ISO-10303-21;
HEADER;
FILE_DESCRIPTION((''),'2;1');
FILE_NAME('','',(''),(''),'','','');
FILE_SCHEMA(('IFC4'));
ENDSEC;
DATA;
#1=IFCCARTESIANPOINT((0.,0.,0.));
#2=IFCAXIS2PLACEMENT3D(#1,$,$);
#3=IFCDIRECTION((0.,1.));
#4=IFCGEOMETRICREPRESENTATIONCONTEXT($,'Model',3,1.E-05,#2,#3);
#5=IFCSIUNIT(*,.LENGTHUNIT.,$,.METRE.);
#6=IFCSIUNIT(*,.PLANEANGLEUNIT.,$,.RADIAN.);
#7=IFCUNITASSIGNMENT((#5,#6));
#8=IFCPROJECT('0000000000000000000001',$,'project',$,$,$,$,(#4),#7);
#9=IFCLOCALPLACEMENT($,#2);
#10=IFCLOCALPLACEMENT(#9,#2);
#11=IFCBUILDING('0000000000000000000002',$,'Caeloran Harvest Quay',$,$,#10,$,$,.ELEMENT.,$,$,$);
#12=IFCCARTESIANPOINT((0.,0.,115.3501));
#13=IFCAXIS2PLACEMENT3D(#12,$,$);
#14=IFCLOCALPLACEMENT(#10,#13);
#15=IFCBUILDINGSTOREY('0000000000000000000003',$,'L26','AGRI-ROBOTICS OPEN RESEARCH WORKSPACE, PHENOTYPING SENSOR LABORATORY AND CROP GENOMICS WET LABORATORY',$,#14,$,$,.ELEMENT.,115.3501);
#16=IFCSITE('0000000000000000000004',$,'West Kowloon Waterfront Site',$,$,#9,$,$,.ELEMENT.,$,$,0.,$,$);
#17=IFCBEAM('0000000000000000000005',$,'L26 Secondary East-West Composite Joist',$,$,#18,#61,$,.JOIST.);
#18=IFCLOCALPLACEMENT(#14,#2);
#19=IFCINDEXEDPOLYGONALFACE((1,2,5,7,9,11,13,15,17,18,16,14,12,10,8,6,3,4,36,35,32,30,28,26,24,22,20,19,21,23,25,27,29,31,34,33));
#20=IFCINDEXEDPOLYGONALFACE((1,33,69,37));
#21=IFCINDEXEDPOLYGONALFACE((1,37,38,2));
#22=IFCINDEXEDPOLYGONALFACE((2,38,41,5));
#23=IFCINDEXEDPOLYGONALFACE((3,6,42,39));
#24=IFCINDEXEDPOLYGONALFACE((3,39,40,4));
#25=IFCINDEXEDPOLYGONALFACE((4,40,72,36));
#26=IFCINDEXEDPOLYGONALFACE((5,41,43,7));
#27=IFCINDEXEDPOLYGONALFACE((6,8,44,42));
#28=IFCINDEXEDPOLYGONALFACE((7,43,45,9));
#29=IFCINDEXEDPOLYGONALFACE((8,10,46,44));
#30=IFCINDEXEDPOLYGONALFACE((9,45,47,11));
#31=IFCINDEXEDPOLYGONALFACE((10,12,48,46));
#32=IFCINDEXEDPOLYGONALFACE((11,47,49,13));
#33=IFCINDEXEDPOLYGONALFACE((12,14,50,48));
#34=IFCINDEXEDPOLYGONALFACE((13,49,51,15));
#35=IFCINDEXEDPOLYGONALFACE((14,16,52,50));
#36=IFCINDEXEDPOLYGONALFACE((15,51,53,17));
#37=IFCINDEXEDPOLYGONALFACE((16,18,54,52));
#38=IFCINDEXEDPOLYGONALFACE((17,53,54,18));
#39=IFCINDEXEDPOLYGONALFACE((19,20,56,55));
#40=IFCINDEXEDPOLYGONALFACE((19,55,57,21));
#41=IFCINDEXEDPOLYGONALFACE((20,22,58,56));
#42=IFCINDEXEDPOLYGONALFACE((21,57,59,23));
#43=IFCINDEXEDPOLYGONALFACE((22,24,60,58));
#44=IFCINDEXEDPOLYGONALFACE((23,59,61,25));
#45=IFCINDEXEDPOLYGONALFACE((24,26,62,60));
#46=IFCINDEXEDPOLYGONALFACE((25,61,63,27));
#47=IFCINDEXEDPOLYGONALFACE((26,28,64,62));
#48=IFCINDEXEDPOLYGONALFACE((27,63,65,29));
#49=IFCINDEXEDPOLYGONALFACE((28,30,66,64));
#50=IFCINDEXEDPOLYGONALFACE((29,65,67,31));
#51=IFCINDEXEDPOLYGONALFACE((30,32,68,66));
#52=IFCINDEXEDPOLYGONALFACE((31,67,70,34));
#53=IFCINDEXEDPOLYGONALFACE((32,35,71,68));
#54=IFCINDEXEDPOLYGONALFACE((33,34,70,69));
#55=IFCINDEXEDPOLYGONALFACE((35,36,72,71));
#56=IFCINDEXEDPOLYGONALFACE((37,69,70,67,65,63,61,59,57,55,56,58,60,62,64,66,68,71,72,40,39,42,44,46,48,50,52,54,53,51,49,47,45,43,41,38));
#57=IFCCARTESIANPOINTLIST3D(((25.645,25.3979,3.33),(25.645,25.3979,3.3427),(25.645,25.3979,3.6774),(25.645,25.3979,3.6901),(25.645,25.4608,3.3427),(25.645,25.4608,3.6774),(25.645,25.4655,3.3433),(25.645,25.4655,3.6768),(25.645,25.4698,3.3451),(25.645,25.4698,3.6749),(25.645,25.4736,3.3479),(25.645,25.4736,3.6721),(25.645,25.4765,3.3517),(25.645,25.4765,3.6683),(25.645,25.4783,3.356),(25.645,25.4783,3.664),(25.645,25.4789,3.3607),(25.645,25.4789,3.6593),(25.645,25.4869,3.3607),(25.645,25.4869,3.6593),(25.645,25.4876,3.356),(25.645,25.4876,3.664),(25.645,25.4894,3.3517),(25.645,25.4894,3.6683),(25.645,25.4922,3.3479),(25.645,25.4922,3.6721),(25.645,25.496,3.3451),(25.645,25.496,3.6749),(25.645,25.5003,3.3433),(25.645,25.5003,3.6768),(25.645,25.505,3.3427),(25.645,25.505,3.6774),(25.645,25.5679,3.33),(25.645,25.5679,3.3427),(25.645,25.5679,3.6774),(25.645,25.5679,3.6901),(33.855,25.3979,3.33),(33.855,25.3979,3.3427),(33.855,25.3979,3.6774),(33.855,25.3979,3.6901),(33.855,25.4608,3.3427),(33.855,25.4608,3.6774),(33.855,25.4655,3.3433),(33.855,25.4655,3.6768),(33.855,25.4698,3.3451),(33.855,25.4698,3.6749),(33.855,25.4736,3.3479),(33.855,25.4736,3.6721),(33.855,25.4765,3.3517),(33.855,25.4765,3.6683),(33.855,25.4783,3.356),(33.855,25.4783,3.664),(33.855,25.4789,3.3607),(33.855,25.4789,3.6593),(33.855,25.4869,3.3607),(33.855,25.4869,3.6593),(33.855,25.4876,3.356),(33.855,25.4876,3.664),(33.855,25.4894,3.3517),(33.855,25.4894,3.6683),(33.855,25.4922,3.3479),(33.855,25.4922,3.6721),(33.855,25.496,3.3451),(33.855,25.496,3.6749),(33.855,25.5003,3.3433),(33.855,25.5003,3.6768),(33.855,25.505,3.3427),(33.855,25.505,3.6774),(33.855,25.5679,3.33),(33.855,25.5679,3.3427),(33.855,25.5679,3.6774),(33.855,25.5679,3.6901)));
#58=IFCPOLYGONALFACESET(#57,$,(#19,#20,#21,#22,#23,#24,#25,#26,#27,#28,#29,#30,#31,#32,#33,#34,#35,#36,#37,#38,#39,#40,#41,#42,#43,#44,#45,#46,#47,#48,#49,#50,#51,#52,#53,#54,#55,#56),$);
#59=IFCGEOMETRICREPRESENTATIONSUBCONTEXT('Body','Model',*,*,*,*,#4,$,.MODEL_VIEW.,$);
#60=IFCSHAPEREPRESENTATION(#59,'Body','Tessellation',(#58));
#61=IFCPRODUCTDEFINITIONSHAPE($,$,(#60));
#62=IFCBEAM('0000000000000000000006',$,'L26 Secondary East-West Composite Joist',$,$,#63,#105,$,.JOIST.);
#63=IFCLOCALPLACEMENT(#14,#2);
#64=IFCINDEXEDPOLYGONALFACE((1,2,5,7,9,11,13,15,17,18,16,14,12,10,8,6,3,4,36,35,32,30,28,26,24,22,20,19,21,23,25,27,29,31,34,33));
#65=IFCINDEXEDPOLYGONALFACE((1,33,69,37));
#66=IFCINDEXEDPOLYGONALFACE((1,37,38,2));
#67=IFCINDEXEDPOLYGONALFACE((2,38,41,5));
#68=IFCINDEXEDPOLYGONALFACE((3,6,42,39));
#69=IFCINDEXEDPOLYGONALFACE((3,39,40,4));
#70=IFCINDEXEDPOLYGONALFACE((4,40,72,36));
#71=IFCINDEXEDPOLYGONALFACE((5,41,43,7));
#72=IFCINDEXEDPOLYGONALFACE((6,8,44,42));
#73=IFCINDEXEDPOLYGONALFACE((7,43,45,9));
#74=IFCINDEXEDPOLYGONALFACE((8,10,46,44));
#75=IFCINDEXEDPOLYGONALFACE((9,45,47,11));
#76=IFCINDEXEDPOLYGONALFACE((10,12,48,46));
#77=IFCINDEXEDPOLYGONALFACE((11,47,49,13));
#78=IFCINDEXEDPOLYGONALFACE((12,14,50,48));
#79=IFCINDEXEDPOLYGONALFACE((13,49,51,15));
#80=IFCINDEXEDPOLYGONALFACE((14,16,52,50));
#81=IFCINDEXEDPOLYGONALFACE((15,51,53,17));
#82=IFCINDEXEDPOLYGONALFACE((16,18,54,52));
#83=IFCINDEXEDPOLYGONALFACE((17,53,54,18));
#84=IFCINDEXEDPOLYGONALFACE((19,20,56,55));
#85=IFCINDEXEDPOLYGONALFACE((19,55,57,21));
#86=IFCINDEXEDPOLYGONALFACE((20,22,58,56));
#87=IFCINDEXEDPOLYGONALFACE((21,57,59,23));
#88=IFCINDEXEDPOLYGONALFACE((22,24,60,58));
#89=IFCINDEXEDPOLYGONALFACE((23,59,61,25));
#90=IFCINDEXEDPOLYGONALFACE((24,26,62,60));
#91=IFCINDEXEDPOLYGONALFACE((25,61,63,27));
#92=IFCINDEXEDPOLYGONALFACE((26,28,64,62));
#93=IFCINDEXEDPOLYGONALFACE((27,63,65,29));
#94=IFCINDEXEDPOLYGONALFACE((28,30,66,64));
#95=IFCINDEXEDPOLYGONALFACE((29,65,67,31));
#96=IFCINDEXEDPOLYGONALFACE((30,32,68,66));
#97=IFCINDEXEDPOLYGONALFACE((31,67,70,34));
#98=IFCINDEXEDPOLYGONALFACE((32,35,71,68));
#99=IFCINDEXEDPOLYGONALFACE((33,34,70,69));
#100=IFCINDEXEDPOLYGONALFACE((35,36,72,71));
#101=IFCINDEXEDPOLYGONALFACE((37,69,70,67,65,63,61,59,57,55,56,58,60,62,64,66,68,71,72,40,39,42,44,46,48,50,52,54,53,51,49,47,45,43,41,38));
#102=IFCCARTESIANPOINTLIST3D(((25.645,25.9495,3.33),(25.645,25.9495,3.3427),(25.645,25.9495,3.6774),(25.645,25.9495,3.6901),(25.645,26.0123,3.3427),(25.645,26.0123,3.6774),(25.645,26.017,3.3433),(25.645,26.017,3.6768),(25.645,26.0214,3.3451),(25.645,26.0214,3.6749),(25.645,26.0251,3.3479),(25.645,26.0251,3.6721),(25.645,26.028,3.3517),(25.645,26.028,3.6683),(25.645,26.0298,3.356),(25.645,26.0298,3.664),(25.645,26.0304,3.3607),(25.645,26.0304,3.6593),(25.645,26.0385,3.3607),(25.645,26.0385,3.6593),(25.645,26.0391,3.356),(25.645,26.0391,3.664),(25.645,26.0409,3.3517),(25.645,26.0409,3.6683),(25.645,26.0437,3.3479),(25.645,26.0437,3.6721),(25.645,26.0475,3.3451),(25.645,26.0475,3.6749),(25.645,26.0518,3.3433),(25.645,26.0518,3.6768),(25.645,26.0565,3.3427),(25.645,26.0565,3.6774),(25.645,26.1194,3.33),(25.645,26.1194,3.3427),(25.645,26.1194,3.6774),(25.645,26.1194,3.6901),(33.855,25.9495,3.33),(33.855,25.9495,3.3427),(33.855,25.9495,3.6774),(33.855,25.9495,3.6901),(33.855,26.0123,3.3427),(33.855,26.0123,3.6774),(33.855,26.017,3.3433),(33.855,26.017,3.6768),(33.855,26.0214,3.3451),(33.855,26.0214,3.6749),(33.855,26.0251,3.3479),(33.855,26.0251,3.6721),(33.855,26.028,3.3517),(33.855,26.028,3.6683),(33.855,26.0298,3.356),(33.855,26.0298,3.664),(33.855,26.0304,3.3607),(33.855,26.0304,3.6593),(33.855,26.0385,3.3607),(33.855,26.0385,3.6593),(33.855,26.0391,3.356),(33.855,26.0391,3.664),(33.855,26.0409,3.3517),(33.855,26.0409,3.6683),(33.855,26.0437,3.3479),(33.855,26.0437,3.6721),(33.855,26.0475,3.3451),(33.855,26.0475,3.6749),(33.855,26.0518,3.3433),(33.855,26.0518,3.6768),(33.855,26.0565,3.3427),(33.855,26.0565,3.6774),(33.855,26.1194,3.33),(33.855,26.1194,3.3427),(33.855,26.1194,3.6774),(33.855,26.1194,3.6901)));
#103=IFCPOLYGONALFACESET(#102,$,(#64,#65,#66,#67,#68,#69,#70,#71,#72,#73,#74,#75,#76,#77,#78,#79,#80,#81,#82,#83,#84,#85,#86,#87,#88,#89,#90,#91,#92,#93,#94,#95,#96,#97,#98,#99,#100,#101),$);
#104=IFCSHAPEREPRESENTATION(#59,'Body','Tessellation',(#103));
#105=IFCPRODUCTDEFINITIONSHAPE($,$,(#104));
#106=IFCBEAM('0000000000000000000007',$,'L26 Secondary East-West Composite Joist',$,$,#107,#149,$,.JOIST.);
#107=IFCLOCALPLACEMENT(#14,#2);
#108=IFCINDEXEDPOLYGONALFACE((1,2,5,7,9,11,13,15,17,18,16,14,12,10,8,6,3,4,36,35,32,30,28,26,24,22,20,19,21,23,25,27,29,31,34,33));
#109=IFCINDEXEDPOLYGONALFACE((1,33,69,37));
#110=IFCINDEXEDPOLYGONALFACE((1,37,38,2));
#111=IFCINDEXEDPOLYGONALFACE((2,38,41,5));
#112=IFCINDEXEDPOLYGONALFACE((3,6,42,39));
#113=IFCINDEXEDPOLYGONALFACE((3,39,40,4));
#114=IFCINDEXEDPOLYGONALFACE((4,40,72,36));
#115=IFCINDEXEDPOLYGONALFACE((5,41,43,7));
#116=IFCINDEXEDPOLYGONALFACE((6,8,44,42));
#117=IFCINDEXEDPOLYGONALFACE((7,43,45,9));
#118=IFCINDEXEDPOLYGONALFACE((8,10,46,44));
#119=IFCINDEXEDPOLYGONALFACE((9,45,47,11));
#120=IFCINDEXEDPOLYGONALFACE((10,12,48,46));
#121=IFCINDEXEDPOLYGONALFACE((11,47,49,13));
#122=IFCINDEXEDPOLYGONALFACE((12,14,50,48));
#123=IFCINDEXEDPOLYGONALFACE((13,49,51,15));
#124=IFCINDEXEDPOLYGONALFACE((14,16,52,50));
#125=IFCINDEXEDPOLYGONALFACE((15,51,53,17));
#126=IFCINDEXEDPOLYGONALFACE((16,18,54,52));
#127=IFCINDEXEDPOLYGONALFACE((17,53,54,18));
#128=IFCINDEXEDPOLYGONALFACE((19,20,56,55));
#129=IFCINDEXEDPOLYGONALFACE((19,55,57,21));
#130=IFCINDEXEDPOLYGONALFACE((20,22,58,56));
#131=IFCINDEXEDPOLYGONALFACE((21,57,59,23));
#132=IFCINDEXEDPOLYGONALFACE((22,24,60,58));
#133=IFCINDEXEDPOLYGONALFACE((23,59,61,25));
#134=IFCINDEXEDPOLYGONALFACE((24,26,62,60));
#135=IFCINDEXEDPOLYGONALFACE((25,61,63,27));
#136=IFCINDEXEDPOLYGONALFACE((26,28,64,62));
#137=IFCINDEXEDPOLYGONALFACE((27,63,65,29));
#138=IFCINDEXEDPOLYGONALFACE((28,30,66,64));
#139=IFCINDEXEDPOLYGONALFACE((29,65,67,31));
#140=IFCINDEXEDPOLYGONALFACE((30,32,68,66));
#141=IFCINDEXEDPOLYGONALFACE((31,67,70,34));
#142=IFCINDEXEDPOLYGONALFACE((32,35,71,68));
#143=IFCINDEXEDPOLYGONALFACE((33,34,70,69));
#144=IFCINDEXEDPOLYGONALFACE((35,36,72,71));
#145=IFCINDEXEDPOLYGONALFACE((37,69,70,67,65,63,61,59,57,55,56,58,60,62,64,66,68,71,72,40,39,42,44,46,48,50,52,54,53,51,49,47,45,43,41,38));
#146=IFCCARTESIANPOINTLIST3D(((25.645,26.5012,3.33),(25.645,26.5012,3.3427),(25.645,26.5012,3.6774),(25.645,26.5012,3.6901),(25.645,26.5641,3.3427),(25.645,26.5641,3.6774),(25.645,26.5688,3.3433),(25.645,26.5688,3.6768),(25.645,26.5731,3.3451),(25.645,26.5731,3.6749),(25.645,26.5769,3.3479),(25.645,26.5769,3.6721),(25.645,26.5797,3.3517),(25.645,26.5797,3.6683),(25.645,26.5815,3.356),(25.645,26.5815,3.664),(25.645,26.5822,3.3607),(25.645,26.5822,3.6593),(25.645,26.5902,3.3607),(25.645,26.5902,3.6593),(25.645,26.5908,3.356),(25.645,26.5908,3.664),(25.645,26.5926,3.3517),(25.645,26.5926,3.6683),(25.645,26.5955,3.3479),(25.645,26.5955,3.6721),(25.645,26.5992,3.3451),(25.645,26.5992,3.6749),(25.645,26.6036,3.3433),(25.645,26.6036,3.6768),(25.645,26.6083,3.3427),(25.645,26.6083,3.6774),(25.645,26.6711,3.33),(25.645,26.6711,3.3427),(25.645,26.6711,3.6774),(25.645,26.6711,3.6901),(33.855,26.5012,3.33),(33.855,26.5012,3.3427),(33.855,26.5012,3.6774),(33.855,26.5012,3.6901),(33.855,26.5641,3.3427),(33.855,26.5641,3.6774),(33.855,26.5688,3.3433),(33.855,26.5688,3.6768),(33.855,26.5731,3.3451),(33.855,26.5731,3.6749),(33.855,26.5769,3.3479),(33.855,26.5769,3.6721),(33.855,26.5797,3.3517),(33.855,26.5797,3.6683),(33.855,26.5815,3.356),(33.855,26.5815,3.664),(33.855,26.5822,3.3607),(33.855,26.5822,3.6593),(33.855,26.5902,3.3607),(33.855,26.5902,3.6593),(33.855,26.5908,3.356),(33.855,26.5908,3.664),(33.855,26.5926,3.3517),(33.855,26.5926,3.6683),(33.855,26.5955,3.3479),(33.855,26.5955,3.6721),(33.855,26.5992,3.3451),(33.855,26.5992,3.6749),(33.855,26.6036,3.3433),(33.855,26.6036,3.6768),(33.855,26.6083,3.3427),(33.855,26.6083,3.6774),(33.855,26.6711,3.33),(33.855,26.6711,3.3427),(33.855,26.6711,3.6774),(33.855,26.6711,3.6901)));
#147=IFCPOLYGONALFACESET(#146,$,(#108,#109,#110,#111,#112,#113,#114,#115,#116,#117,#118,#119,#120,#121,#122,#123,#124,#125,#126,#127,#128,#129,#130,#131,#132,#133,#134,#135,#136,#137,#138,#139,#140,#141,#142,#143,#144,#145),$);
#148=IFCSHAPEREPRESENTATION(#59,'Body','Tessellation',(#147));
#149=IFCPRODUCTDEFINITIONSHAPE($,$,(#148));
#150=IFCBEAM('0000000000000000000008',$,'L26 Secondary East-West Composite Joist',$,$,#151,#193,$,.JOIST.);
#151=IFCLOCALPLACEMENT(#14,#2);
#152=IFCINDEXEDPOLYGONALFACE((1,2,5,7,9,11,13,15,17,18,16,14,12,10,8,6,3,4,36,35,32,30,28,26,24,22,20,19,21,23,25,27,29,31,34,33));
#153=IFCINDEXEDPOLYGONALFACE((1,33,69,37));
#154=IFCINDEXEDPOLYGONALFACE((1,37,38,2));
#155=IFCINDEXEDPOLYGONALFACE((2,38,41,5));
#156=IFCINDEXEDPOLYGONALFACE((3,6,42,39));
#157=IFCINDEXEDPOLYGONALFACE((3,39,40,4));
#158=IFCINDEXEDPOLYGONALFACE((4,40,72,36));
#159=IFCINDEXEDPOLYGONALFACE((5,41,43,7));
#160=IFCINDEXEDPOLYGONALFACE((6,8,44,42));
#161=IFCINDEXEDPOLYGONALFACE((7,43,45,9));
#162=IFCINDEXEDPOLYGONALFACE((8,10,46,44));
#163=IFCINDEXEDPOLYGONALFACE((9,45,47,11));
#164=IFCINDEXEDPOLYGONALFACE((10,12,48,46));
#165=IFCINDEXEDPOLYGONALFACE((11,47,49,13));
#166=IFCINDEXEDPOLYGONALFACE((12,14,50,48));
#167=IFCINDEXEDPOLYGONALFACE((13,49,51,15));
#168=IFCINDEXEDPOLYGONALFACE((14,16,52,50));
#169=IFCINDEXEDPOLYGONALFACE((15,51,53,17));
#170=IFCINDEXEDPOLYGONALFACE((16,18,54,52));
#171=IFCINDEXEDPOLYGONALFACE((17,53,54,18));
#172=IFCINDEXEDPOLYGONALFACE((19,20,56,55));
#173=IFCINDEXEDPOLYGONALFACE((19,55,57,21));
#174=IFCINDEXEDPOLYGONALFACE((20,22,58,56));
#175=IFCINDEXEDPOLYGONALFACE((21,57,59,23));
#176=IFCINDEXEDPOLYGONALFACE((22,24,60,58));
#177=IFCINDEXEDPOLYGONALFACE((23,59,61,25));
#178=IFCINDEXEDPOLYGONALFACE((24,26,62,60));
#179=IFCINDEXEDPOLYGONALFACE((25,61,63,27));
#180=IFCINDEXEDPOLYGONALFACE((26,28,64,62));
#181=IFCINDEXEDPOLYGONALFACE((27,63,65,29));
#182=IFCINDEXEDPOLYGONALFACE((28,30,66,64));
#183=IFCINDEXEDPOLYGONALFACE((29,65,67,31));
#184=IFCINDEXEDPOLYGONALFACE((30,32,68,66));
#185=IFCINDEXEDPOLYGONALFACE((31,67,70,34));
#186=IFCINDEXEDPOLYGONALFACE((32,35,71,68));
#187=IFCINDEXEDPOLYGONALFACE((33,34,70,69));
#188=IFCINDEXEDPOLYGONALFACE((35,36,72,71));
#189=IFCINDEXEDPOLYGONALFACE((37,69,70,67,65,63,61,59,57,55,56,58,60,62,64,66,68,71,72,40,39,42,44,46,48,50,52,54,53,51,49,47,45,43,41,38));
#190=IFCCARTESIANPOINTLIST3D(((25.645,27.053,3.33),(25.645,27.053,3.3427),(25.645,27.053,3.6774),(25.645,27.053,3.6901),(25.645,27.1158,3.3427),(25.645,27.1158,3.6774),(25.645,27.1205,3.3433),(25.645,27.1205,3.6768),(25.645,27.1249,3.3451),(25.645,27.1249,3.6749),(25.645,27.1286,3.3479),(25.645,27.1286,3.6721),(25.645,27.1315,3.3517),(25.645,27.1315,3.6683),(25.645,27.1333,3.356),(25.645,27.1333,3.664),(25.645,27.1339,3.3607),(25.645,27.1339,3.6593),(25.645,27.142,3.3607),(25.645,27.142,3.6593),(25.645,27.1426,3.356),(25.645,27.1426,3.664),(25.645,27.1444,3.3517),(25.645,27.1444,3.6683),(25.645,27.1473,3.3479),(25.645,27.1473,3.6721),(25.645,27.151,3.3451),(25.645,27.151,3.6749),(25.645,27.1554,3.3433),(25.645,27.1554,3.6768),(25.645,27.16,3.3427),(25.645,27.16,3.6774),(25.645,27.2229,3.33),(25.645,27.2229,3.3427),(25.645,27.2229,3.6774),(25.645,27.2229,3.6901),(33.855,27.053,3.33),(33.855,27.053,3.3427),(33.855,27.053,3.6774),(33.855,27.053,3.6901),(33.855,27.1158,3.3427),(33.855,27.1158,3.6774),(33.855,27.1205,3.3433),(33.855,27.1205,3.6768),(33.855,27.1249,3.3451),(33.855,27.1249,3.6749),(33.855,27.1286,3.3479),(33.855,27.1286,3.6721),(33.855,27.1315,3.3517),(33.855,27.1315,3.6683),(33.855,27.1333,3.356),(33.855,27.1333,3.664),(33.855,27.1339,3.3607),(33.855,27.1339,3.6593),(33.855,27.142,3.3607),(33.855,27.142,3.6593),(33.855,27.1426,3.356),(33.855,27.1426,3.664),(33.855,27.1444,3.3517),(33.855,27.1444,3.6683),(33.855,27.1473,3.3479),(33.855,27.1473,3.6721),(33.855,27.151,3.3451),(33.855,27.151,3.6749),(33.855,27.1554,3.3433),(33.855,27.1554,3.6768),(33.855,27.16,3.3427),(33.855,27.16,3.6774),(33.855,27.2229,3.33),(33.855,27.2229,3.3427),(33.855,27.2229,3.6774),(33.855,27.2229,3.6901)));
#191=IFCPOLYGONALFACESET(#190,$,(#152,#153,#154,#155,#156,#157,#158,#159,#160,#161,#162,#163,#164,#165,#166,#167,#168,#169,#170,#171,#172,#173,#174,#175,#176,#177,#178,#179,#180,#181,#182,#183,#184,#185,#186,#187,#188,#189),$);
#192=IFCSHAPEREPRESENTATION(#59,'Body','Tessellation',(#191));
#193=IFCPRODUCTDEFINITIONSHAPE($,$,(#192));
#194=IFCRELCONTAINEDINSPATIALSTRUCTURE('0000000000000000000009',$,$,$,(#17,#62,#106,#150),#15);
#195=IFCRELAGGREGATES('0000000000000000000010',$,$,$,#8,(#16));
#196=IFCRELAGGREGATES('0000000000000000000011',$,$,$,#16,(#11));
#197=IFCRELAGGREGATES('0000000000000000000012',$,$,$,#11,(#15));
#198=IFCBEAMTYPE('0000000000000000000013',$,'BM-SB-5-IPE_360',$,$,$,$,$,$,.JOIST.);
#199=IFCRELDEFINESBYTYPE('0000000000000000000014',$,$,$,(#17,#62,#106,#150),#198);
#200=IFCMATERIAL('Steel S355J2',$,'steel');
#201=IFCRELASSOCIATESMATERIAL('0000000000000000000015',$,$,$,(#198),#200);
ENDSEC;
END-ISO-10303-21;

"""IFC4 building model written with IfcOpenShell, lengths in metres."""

from ifc_helpers import new_model, si_unit, direction, frame, origin, origin_2d, place, context, subcontext, project, spatial, i_section, extrude, material, material_profile, profile_set, type_object, element, save


model = new_model("IFC4")

# Units and contexts
model_context = context("Model", 3, precision=1e-05, world=origin(), true_north=direction((0.0, 1.0)))
body_context = subcontext(model_context, "Body", "Model", "MODEL_VIEW")
ifc_project = project(units=[si_unit("LENGTHUNIT", "METRE"), si_unit("PLANEANGLEUNIT", "RADIAN")], contexts=[model_context])

# Site, building, storey
site_placement = place(None, origin())
site = spatial("IfcSite", under=ifc_project, at=site_placement, Name="West Kowloon Waterfront Site", CompositionType="ELEMENT", RefElevation=0.0)
building_placement = place(site_placement, origin())
building = spatial("IfcBuilding", under=site, at=building_placement, Name="Caeloran Harvest Quay", CompositionType="ELEMENT")
storey_placement = place(building_placement, frame((0.0, 0.0, 115.3501)))
storey = spatial("IfcBuildingStorey", under=building, at=storey_placement, Name="L26", Description="AGRI-ROBOTICS OPEN RESEARCH WORKSPACE, PHENOTYPING SENSOR LABORATORY AND CROP GENOMICS WET LABORATORY", CompositionType="ELEMENT", Elevation=115.3501)

# Beams
ifc_material_1 = material(Name="Steel S355J2", Category="steel")
ifc_material_profile_1 = material_profile(ifc_material_1, i_section(OverallWidth=0.1699, OverallDepth=0.3601, WebThickness=0.0081, FlangeThickness=0.0127, FilletRadius=0.0181, at=origin_2d()), Name="IPE 360")
ifc_profile_set_1 = profile_set([ifc_material_profile_1], Name="Steel S355J2")
beam_type_1 = type_object("IfcBeamType", Name="BM-SB-5-IPE_360", PredefinedType="JOIST", material=ifc_profile_set_1)
for number, where, z_axis, x_axis, name in (
    (1, (25.645, 25.4829, 3.51), (1.0, 0.0, 0.0), (0.0, 1.0, 0.0), "L26 Secondary East-West Composite Joist"),
    (2, (25.645, 26.0344, 3.51), (1.0, 0.0, 0.0), (0.0, 1.0, 0.0), "L26 Secondary East-West Composite Joist"),
    (3, (25.645, 26.5862, 3.51), (1.0, 0.0, 0.0), (0.0, 1.0, 0.0), "L26 Secondary East-West Composite Joist"),
    (4, (25.645, 27.1379, 3.51), (1.0, 0.0, 0.0), (0.0, 1.0, 0.0), "L26 Secondary East-West Composite Joist"),
):
    element("IfcBeam", number, at=place(storey_placement, frame(where, z_axis=z_axis, x_axis=x_axis)), inside=storey, type_object=beam_type_1, Name=name, PredefinedType="JOIST", context=body_context, shape_type="SweptSolid", body=[
        extrude(i_section(OverallWidth=0.1699, OverallDepth=0.3601, WebThickness=0.0081, FlangeThickness=0.0127, FilletRadius=0.0181, at=origin_2d()), origin(), (0.0, 0.0, 1.0), 8.21),
    ])

save(model, "model.ifc")
